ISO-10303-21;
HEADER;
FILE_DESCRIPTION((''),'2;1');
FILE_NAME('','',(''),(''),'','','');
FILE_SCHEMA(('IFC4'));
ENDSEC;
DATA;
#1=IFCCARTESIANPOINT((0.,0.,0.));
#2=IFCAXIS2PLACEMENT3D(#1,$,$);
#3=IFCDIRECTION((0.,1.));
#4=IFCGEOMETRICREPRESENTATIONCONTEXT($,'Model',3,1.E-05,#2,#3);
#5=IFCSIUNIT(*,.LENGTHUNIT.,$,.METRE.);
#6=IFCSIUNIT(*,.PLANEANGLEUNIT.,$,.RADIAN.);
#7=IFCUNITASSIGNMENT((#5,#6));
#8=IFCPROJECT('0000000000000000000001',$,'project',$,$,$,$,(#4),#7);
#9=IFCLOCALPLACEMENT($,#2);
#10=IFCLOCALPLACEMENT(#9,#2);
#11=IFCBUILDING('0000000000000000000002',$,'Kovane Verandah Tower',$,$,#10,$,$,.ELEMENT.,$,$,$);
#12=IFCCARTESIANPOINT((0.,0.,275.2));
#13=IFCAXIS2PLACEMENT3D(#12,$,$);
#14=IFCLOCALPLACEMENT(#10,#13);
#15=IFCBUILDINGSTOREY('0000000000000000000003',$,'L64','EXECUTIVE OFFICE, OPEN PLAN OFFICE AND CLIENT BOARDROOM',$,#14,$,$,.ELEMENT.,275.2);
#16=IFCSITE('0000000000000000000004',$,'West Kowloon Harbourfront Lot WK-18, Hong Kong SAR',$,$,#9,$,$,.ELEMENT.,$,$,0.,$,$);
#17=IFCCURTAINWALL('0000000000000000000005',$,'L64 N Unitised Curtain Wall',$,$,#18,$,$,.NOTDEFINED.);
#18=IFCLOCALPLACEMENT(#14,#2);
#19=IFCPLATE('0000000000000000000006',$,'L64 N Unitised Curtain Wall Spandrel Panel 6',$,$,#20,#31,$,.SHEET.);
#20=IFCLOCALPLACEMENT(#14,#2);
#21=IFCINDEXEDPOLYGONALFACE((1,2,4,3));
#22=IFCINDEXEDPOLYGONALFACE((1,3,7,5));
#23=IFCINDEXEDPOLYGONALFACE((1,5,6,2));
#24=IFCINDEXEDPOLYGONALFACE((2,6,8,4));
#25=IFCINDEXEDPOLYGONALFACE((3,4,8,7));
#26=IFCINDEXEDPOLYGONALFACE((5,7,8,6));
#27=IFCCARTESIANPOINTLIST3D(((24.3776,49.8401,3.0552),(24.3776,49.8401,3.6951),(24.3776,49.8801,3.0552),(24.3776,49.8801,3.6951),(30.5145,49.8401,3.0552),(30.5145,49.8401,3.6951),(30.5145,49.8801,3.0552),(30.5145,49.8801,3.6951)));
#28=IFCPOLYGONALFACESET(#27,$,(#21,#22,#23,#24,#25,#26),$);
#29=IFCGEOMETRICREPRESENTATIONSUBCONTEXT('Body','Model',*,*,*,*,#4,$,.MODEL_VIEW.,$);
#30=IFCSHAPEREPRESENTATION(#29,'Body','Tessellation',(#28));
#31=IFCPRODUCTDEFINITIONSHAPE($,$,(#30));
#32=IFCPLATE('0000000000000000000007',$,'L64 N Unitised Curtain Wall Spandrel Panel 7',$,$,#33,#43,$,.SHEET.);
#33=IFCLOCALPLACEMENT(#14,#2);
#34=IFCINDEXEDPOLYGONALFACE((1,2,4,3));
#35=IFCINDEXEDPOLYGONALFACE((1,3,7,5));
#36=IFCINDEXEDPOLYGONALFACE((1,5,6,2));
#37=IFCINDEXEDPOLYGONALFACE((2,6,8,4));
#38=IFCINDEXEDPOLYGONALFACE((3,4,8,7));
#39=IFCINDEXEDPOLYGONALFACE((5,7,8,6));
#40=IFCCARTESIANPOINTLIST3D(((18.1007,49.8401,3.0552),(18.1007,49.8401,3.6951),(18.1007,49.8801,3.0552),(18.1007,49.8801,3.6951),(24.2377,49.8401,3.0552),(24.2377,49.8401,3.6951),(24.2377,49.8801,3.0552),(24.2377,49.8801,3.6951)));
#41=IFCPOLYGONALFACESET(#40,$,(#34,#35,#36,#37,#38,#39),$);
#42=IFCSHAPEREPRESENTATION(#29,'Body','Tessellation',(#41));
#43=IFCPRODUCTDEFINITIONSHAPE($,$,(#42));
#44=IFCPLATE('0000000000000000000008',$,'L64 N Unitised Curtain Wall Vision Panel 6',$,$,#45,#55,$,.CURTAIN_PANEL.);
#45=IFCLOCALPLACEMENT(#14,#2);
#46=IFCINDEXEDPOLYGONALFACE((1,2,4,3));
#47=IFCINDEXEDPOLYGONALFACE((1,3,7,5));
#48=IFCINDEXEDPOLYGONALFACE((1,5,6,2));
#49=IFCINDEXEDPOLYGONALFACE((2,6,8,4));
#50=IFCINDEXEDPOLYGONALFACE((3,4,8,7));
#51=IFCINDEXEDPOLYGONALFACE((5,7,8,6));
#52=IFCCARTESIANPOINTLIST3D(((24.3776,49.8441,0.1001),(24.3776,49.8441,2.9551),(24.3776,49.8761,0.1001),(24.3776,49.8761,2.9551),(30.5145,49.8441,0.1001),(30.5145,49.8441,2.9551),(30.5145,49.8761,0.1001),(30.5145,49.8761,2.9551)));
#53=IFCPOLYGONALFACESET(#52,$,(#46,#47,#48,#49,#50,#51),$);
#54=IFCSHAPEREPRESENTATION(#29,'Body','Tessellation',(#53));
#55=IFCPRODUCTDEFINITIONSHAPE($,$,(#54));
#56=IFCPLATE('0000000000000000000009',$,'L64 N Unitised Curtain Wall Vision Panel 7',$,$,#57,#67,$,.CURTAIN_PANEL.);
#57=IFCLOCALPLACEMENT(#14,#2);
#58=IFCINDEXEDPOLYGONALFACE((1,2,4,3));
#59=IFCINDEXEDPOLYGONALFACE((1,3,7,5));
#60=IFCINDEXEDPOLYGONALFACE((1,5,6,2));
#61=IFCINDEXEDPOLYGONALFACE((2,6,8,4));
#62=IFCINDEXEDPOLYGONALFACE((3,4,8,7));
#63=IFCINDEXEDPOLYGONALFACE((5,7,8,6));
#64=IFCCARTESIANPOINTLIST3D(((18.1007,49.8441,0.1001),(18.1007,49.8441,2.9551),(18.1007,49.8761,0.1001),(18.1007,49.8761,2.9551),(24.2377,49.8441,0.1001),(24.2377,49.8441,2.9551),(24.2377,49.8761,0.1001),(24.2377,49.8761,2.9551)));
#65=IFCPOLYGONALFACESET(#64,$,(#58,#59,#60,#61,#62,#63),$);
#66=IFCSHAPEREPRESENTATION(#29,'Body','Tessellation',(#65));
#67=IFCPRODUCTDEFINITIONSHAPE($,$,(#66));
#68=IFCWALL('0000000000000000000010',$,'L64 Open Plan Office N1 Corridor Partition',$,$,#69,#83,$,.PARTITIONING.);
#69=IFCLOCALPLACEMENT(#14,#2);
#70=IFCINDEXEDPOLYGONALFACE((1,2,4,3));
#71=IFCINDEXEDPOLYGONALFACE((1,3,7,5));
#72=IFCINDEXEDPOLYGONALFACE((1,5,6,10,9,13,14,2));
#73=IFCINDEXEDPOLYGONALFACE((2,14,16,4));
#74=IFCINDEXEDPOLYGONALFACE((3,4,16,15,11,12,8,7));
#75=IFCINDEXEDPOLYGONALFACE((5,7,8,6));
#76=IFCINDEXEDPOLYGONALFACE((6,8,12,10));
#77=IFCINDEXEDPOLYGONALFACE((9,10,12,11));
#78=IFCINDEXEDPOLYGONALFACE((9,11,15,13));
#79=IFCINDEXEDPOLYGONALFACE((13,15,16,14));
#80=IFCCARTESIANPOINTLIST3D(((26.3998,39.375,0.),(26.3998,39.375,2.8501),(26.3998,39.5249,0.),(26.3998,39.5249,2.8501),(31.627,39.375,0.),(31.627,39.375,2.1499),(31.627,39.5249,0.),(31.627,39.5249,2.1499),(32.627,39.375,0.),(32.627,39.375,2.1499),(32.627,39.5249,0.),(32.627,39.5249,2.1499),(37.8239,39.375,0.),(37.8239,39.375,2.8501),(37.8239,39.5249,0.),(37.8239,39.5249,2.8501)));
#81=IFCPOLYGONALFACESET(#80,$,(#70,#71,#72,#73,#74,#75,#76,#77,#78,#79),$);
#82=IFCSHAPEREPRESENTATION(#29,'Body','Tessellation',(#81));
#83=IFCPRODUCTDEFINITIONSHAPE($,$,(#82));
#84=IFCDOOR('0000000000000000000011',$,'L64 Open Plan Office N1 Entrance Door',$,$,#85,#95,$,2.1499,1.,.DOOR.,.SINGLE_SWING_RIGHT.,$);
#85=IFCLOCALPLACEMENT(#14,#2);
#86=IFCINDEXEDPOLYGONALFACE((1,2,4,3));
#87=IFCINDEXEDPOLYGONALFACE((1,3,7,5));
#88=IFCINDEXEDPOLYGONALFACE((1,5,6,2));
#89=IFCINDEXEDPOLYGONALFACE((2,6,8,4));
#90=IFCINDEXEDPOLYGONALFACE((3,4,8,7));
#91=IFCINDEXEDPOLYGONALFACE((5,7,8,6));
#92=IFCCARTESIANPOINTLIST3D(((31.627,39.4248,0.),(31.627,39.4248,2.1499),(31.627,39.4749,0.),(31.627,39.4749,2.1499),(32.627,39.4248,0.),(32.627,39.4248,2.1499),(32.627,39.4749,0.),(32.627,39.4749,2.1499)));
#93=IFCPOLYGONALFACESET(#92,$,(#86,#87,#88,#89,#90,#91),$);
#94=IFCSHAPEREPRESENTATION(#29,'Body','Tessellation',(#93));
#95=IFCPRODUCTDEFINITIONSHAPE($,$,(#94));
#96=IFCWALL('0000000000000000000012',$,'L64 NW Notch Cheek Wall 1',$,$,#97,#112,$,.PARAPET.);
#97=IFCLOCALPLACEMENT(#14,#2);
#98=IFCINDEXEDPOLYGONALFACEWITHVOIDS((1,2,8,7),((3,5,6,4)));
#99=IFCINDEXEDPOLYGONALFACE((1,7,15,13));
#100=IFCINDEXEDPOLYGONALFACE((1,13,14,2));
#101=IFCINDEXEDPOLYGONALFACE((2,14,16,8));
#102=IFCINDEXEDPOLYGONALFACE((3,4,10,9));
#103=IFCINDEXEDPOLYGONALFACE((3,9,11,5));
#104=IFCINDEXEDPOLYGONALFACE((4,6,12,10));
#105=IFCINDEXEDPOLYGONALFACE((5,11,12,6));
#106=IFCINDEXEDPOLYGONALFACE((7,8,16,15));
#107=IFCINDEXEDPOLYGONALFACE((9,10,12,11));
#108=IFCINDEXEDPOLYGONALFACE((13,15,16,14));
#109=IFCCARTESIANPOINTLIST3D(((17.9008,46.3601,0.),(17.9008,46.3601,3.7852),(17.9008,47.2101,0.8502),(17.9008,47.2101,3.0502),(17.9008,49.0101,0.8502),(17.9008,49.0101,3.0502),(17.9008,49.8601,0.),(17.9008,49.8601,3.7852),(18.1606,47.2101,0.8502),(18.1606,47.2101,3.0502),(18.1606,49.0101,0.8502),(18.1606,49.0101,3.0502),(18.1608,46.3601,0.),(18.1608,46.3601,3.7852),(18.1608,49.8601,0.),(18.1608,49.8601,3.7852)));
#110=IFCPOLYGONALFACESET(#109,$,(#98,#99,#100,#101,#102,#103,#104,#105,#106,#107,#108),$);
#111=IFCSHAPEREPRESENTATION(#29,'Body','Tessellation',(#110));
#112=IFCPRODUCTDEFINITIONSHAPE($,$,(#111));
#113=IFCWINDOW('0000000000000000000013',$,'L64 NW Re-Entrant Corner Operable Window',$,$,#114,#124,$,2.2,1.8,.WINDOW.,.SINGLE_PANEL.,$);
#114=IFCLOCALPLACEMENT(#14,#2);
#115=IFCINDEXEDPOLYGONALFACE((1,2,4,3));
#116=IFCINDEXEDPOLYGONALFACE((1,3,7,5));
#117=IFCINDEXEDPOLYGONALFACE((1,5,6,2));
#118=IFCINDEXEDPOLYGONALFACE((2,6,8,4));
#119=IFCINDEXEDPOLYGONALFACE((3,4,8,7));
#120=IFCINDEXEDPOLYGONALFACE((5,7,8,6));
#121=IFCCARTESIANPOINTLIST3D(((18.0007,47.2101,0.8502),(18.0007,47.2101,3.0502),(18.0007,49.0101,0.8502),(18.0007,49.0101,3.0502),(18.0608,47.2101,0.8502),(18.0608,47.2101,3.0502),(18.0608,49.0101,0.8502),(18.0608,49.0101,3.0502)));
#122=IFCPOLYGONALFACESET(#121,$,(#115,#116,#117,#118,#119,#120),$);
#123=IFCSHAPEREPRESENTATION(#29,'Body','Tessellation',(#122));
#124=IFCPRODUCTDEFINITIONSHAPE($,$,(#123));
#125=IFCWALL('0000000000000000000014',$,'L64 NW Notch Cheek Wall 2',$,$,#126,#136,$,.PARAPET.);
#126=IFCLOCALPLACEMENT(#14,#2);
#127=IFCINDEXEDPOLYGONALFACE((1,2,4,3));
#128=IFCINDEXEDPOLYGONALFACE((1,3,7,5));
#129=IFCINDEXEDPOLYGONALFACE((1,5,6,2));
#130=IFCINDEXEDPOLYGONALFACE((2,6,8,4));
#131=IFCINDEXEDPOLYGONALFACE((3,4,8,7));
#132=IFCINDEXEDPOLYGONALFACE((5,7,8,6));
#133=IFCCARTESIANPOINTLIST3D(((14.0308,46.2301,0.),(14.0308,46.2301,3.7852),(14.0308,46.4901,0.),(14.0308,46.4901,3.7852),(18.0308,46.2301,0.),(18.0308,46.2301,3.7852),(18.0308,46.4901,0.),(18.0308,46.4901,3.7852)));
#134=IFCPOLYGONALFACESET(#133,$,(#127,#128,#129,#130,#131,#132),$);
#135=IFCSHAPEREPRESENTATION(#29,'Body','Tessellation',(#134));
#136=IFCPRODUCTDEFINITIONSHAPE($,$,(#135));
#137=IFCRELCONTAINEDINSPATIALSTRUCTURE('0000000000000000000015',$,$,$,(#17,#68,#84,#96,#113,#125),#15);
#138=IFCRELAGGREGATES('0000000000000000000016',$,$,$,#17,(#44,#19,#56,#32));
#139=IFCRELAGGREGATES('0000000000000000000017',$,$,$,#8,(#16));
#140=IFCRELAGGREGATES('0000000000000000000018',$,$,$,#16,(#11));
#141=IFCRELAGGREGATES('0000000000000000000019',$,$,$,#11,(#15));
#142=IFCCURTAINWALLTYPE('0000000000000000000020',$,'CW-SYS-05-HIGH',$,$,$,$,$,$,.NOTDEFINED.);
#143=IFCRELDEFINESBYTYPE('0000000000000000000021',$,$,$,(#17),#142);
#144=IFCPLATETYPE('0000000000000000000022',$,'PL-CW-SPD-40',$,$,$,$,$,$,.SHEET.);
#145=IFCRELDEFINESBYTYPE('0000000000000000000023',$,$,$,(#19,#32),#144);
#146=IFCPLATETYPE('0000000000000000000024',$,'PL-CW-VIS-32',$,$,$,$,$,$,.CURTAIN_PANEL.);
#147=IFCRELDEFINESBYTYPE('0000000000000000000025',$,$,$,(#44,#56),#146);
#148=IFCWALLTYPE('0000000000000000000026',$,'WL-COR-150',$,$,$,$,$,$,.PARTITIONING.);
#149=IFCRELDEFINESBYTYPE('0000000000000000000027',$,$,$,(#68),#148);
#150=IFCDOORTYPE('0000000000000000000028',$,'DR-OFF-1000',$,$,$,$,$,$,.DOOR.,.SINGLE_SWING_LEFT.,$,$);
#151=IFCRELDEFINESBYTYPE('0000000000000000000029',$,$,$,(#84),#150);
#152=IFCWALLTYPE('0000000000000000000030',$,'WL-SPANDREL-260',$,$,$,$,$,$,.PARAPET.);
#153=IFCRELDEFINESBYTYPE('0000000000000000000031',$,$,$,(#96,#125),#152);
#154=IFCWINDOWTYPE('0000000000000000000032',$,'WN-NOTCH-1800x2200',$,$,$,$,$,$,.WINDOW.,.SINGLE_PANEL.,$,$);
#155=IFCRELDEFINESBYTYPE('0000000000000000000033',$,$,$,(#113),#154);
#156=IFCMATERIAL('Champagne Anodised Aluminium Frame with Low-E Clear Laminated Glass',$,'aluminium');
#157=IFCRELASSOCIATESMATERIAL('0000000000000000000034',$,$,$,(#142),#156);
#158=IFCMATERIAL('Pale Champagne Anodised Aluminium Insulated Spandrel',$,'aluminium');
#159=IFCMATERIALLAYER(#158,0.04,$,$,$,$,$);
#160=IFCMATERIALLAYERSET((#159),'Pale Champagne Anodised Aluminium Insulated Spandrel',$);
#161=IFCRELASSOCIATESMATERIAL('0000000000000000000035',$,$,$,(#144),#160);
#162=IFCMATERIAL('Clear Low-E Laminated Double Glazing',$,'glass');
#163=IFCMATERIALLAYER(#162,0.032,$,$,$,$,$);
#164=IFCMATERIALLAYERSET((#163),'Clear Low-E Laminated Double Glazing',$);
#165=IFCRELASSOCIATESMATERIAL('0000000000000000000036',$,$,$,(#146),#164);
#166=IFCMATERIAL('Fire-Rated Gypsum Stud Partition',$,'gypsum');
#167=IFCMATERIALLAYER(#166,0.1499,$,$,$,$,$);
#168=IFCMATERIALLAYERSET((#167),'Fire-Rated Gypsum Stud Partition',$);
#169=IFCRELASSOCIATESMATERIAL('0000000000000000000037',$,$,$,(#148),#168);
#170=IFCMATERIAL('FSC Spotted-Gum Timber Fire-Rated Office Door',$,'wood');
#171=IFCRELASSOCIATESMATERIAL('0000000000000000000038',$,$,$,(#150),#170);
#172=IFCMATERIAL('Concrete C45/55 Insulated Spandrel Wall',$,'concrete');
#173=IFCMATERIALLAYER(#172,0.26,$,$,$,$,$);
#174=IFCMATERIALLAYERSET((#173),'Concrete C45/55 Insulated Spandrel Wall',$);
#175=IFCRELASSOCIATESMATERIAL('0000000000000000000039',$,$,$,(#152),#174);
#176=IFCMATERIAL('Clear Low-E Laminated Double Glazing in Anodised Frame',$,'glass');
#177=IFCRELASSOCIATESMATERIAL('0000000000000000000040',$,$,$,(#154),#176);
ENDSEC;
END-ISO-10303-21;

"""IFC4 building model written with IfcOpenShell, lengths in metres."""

from ifc_helpers import new_model, si_unit, direction, frame, frame_2d, origin, origin_2d, place, context, subcontext, project, spatial, rectangle, extrude, material, layer, layer_set, type_object, element, fill, aggregate, save


model = new_model("IFC4")

# Units and contexts
model_context = context("Model", 3, precision=1e-05, world=origin(), true_north=direction((0.0, 1.0)))
body_context = subcontext(model_context, "Body", "Model", "MODEL_VIEW")
ifc_project = project(units=[si_unit("LENGTHUNIT", "METRE"), si_unit("PLANEANGLEUNIT", "RADIAN")], contexts=[model_context])

# Site, building, storey
site_placement = place(None, origin())
site = spatial("IfcSite", under=ifc_project, at=site_placement, Name="West Kowloon Harbourfront Lot WK-18, Hong Kong SAR", CompositionType="ELEMENT", RefElevation=0.0)
building_placement = place(site_placement, origin())
building = spatial("IfcBuilding", under=site, at=building_placement, Name="Kovane Verandah Tower", CompositionType="ELEMENT")
storey_placement = place(building_placement, frame((0.0, 0.0, 275.2)))
storey = spatial("IfcBuildingStorey", under=building, at=storey_placement, Name="L64", Description="EXECUTIVE OFFICE, OPEN PLAN OFFICE AND CLIENT BOARDROOM", CompositionType="ELEMENT", Elevation=275.2)

# Curtain wall
ifc_material_1 = material(Name="Champagne Anodised Aluminium Frame with Low-E Clear Laminated Glass", Category="aluminium")
curtain_wall_type = type_object("IfcCurtainWallType", Name="CW-SYS-05-HIGH", PredefinedType="NOTDEFINED", material=ifc_material_1)
curtain_wall_placement = place(storey_placement, origin())
curtain_wall = element("IfcCurtainWall", 1, at=curtain_wall_placement, inside=storey, type_object=curtain_wall_type, Name="L64 N Unitised Curtain Wall", PredefinedType="NOTDEFINED")

# Plates
ifc_material_2 = material(Name="Pale Champagne Anodised Aluminium Insulated Spandrel", Category="aluminium")
ifc_layer_1 = layer(ifc_material_2, 0.04)
ifc_layer_set_1 = layer_set([ifc_layer_1], Name="Pale Champagne Anodised Aluminium Insulated Spandrel")
plate_type_1 = type_object("IfcPlateType", Name="PL-CW-SPD-40", PredefinedType="SHEET", material=ifc_layer_set_1)
plate_1_placement = place(storey_placement, frame((27.446, 49.8601, 3.0552), z_axis=(0.0, 0.0, 1.0), x_axis=(-1.0, 0.0, 0.0)))
plate_1 = element("IfcPlate", 2, at=plate_1_placement, type_object=plate_type_1, Name="L64 N Unitised Curtain Wall Spandrel Panel 6", PredefinedType="SHEET", context=body_context, shape_type="SweptSolid", body=[
    extrude(rectangle(XDim=6.137, YDim=0.04, at=origin_2d()), origin(), (0.0, 0.0, 1.0), 0.6399),
])
plate_2_placement = place(storey_placement, frame((21.1692, 49.8601, 3.0552), z_axis=(0.0, 0.0, 1.0), x_axis=(-1.0, 0.0, 0.0)))
plate_2 = element("IfcPlate", 3, at=plate_2_placement, type_object=plate_type_1, Name="L64 N Unitised Curtain Wall Spandrel Panel 7", PredefinedType="SHEET", context=body_context, shape_type="SweptSolid", body=[
    extrude(rectangle(XDim=6.137, YDim=0.04, at=origin_2d()), origin(), (0.0, 0.0, 1.0), 0.6399),
])
ifc_material_3 = material(Name="Clear Low-E Laminated Double Glazing", Category="glass")
ifc_layer_2 = layer(ifc_material_3, 0.032)
ifc_layer_set_2 = layer_set([ifc_layer_2], Name="Clear Low-E Laminated Double Glazing")
plate_type_2 = type_object("IfcPlateType", Name="PL-CW-VIS-32", PredefinedType="CURTAIN_PANEL", material=ifc_layer_set_2)
plate_3_placement = place(storey_placement, frame((27.446, 49.8601, 0.1001), z_axis=(0.0, 0.0, 1.0), x_axis=(-1.0, 0.0, 0.0)))
plate_3 = element("IfcPlate", 4, at=plate_3_placement, type_object=plate_type_2, Name="L64 N Unitised Curtain Wall Vision Panel 6", PredefinedType="CURTAIN_PANEL", context=body_context, shape_type="SweptSolid", body=[
    extrude(rectangle(XDim=6.137, YDim=0.032, at=origin_2d()), origin(), (0.0, 0.0, 1.0), 2.855),
])
plate_4_placement = place(storey_placement, frame((21.1692, 49.8601, 0.1001), z_axis=(0.0, 0.0, 1.0), x_axis=(-1.0, 0.0, 0.0)))
plate_4 = element("IfcPlate", 5, at=plate_4_placement, type_object=plate_type_2, Name="L64 N Unitised Curtain Wall Vision Panel 7", PredefinedType="CURTAIN_PANEL", context=body_context, shape_type="SweptSolid", body=[
    extrude(rectangle(XDim=6.137, YDim=0.032, at=origin_2d()), origin(), (0.0, 0.0, 1.0), 2.855),
])
aggregate(curtain_wall, [plate_3, plate_1, plate_4, plate_2])

# Wall, opening, door
ifc_material_4 = material(Name="Fire-Rated Gypsum Stud Partition", Category="gypsum")
ifc_layer_3 = layer(ifc_material_4, 0.1499)
ifc_layer_set_3 = layer_set([ifc_layer_3], Name="Fire-Rated Gypsum Stud Partition")
wall_type_1 = type_object("IfcWallType", Name="WL-COR-150", PredefinedType="PARTITIONING", material=ifc_layer_set_3)
wall_1_placement = place(storey_placement, frame((26.3999, 39.45, 0.0), z_axis=(0.0, 0.0, 1.0), x_axis=(1.0, 0.0, 0.0)))
wall_1 = element("IfcWall", 6, at=wall_1_placement, inside=storey, type_object=wall_type_1, Name="L64 Open Plan Office N1 Corridor Partition", PredefinedType="PARTITIONING", context=body_context, shape_type="SweptSolid", body=[
    extrude(rectangle(XDim=11.4241, YDim=0.1499, at=frame_2d((5.7119, 0.0))), origin(), (0.0, 0.0, 1.0), 2.8501),
])
opening_1_placement = place(wall_1_placement, frame((5.2271, 0.0, 0.0)))
opening_1 = element("IfcOpeningElement", 7, at=opening_1_placement, cuts=wall_1, PredefinedType="OPENING", context=body_context, shape_type="SweptSolid", body=[
    extrude(rectangle(XDim=1.0, YDim=2.1499, at=frame_2d((0.5, 1.075))), frame((0.0, 0.075, 0.0), z_axis=(0.0, -1.0, 0.0), x_axis=(1.0, 0.0, 0.0)), (0.0, 0.0, 1.0), 0.1499),
])
ifc_material_5 = material(Name="FSC Spotted-Gum Timber Fire-Rated Office Door", Category="wood")
door_type_1 = type_object("IfcDoorType", Name="DR-OFF-1000", OperationType="SINGLE_SWING_LEFT", PredefinedType="DOOR", material=ifc_material_5)
door_1_placement = place(opening_1_placement, origin())
door_1 = element("IfcDoor", 8, at=door_1_placement, inside=storey, type_object=door_type_1, Name="L64 Open Plan Office N1 Entrance Door", OperationType="SINGLE_SWING_RIGHT", OverallHeight=2.1499, OverallWidth=1.0, PredefinedType="DOOR", context=body_context, shape_type="SweptSolid", body=[
    extrude(rectangle(XDim=1.0, YDim=2.1499, at=frame_2d((0.5, 1.075))), frame((0.0, 0.0249, 0.0), z_axis=(0.0, -1.0, 0.0), x_axis=(1.0, 0.0, 0.0)), (0.0, 0.0, 1.0), 0.05),
])
fill(opening_1, door_1)

# Shared definitions
ifc_material_6 = material(Name="Concrete C45/55 Insulated Spandrel Wall", Category="concrete")
ifc_layer_4 = layer(ifc_material_6, 0.26)
ifc_layer_set_4 = layer_set([ifc_layer_4], Name="Concrete C45/55 Insulated Spandrel Wall")
wall_type_2 = type_object("IfcWallType", Name="WL-SPANDREL-260", PredefinedType="PARAPET", material=ifc_layer_set_4)
ifc_material_7 = material(Name="Clear Low-E Laminated Double Glazing in Anodised Frame", Category="glass")

# Wall, opening, window
wall_2_placement = place(storey_placement, frame((18.0308, 49.8601, 0.0), z_axis=(0.0, 0.0, 1.0), x_axis=(0.0, -1.0, 0.0)))
wall_2 = element("IfcWall", 9, at=wall_2_placement, inside=storey, type_object=wall_type_2, Name="L64 NW Notch Cheek Wall 1", PredefinedType="PARAPET", context=body_context, shape_type="SweptSolid", body=[
    extrude(rectangle(XDim=3.5, YDim=0.26, at=frame_2d((1.75, 0.0))), origin(), (0.0, 0.0, 1.0), 3.7852),
])
opening_2_placement = place(wall_2_placement, frame((0.8501, 0.0, 0.8501)))
opening_2 = element("IfcOpeningElement", 10, at=opening_2_placement, cuts=wall_2, PredefinedType="OPENING", context=body_context, shape_type="SweptSolid", body=[
    extrude(rectangle(XDim=1.8, YDim=2.2, at=frame_2d((0.8999, 1.1001))), frame((0.0, 0.1299, 0.0), z_axis=(0.0, -1.0, 0.0), x_axis=(1.0, 0.0, 0.0)), (0.0, 0.0, 1.0), 0.26),
])
window_type_1 = type_object("IfcWindowType", Name="WN-NOTCH-1800x2200", PartitioningType="SINGLE_PANEL", PredefinedType="WINDOW", material=ifc_material_7)
window_1_placement = place(opening_2_placement, origin())
window_1 = element("IfcWindow", 11, at=window_1_placement, inside=storey, type_object=window_type_1, Name="L64 NW Re-Entrant Corner Operable Window", OverallHeight=2.2, OverallWidth=1.8, PartitioningType="SINGLE_PANEL", PredefinedType="WINDOW", context=body_context, shape_type="SweptSolid", body=[
    extrude(rectangle(XDim=1.8, YDim=2.2, at=frame_2d((0.8999, 1.1001))), frame((0.0, 0.03, 0.0), z_axis=(0.0, -1.0, 0.0), x_axis=(1.0, 0.0, 0.0)), (0.0, 0.0, 1.0), 0.0601),
])
fill(opening_2, window_1)

# Wall
wall_3_placement = place(storey_placement, frame((18.0308, 46.3601, 0.0), z_axis=(0.0, 0.0, 1.0), x_axis=(-1.0, 0.0, 0.0)))
element("IfcWall", 12, at=wall_3_placement, inside=storey, type_object=wall_type_2, Name="L64 NW Notch Cheek Wall 2", PredefinedType="PARAPET", context=body_context, shape_type="SweptSolid", body=[
    extrude(rectangle(XDim=4.0, YDim=0.26, at=frame_2d((2.0, 0.0))), origin(), (0.0, 0.0, 1.0), 3.7852),
])

save(model, "model.ifc")
